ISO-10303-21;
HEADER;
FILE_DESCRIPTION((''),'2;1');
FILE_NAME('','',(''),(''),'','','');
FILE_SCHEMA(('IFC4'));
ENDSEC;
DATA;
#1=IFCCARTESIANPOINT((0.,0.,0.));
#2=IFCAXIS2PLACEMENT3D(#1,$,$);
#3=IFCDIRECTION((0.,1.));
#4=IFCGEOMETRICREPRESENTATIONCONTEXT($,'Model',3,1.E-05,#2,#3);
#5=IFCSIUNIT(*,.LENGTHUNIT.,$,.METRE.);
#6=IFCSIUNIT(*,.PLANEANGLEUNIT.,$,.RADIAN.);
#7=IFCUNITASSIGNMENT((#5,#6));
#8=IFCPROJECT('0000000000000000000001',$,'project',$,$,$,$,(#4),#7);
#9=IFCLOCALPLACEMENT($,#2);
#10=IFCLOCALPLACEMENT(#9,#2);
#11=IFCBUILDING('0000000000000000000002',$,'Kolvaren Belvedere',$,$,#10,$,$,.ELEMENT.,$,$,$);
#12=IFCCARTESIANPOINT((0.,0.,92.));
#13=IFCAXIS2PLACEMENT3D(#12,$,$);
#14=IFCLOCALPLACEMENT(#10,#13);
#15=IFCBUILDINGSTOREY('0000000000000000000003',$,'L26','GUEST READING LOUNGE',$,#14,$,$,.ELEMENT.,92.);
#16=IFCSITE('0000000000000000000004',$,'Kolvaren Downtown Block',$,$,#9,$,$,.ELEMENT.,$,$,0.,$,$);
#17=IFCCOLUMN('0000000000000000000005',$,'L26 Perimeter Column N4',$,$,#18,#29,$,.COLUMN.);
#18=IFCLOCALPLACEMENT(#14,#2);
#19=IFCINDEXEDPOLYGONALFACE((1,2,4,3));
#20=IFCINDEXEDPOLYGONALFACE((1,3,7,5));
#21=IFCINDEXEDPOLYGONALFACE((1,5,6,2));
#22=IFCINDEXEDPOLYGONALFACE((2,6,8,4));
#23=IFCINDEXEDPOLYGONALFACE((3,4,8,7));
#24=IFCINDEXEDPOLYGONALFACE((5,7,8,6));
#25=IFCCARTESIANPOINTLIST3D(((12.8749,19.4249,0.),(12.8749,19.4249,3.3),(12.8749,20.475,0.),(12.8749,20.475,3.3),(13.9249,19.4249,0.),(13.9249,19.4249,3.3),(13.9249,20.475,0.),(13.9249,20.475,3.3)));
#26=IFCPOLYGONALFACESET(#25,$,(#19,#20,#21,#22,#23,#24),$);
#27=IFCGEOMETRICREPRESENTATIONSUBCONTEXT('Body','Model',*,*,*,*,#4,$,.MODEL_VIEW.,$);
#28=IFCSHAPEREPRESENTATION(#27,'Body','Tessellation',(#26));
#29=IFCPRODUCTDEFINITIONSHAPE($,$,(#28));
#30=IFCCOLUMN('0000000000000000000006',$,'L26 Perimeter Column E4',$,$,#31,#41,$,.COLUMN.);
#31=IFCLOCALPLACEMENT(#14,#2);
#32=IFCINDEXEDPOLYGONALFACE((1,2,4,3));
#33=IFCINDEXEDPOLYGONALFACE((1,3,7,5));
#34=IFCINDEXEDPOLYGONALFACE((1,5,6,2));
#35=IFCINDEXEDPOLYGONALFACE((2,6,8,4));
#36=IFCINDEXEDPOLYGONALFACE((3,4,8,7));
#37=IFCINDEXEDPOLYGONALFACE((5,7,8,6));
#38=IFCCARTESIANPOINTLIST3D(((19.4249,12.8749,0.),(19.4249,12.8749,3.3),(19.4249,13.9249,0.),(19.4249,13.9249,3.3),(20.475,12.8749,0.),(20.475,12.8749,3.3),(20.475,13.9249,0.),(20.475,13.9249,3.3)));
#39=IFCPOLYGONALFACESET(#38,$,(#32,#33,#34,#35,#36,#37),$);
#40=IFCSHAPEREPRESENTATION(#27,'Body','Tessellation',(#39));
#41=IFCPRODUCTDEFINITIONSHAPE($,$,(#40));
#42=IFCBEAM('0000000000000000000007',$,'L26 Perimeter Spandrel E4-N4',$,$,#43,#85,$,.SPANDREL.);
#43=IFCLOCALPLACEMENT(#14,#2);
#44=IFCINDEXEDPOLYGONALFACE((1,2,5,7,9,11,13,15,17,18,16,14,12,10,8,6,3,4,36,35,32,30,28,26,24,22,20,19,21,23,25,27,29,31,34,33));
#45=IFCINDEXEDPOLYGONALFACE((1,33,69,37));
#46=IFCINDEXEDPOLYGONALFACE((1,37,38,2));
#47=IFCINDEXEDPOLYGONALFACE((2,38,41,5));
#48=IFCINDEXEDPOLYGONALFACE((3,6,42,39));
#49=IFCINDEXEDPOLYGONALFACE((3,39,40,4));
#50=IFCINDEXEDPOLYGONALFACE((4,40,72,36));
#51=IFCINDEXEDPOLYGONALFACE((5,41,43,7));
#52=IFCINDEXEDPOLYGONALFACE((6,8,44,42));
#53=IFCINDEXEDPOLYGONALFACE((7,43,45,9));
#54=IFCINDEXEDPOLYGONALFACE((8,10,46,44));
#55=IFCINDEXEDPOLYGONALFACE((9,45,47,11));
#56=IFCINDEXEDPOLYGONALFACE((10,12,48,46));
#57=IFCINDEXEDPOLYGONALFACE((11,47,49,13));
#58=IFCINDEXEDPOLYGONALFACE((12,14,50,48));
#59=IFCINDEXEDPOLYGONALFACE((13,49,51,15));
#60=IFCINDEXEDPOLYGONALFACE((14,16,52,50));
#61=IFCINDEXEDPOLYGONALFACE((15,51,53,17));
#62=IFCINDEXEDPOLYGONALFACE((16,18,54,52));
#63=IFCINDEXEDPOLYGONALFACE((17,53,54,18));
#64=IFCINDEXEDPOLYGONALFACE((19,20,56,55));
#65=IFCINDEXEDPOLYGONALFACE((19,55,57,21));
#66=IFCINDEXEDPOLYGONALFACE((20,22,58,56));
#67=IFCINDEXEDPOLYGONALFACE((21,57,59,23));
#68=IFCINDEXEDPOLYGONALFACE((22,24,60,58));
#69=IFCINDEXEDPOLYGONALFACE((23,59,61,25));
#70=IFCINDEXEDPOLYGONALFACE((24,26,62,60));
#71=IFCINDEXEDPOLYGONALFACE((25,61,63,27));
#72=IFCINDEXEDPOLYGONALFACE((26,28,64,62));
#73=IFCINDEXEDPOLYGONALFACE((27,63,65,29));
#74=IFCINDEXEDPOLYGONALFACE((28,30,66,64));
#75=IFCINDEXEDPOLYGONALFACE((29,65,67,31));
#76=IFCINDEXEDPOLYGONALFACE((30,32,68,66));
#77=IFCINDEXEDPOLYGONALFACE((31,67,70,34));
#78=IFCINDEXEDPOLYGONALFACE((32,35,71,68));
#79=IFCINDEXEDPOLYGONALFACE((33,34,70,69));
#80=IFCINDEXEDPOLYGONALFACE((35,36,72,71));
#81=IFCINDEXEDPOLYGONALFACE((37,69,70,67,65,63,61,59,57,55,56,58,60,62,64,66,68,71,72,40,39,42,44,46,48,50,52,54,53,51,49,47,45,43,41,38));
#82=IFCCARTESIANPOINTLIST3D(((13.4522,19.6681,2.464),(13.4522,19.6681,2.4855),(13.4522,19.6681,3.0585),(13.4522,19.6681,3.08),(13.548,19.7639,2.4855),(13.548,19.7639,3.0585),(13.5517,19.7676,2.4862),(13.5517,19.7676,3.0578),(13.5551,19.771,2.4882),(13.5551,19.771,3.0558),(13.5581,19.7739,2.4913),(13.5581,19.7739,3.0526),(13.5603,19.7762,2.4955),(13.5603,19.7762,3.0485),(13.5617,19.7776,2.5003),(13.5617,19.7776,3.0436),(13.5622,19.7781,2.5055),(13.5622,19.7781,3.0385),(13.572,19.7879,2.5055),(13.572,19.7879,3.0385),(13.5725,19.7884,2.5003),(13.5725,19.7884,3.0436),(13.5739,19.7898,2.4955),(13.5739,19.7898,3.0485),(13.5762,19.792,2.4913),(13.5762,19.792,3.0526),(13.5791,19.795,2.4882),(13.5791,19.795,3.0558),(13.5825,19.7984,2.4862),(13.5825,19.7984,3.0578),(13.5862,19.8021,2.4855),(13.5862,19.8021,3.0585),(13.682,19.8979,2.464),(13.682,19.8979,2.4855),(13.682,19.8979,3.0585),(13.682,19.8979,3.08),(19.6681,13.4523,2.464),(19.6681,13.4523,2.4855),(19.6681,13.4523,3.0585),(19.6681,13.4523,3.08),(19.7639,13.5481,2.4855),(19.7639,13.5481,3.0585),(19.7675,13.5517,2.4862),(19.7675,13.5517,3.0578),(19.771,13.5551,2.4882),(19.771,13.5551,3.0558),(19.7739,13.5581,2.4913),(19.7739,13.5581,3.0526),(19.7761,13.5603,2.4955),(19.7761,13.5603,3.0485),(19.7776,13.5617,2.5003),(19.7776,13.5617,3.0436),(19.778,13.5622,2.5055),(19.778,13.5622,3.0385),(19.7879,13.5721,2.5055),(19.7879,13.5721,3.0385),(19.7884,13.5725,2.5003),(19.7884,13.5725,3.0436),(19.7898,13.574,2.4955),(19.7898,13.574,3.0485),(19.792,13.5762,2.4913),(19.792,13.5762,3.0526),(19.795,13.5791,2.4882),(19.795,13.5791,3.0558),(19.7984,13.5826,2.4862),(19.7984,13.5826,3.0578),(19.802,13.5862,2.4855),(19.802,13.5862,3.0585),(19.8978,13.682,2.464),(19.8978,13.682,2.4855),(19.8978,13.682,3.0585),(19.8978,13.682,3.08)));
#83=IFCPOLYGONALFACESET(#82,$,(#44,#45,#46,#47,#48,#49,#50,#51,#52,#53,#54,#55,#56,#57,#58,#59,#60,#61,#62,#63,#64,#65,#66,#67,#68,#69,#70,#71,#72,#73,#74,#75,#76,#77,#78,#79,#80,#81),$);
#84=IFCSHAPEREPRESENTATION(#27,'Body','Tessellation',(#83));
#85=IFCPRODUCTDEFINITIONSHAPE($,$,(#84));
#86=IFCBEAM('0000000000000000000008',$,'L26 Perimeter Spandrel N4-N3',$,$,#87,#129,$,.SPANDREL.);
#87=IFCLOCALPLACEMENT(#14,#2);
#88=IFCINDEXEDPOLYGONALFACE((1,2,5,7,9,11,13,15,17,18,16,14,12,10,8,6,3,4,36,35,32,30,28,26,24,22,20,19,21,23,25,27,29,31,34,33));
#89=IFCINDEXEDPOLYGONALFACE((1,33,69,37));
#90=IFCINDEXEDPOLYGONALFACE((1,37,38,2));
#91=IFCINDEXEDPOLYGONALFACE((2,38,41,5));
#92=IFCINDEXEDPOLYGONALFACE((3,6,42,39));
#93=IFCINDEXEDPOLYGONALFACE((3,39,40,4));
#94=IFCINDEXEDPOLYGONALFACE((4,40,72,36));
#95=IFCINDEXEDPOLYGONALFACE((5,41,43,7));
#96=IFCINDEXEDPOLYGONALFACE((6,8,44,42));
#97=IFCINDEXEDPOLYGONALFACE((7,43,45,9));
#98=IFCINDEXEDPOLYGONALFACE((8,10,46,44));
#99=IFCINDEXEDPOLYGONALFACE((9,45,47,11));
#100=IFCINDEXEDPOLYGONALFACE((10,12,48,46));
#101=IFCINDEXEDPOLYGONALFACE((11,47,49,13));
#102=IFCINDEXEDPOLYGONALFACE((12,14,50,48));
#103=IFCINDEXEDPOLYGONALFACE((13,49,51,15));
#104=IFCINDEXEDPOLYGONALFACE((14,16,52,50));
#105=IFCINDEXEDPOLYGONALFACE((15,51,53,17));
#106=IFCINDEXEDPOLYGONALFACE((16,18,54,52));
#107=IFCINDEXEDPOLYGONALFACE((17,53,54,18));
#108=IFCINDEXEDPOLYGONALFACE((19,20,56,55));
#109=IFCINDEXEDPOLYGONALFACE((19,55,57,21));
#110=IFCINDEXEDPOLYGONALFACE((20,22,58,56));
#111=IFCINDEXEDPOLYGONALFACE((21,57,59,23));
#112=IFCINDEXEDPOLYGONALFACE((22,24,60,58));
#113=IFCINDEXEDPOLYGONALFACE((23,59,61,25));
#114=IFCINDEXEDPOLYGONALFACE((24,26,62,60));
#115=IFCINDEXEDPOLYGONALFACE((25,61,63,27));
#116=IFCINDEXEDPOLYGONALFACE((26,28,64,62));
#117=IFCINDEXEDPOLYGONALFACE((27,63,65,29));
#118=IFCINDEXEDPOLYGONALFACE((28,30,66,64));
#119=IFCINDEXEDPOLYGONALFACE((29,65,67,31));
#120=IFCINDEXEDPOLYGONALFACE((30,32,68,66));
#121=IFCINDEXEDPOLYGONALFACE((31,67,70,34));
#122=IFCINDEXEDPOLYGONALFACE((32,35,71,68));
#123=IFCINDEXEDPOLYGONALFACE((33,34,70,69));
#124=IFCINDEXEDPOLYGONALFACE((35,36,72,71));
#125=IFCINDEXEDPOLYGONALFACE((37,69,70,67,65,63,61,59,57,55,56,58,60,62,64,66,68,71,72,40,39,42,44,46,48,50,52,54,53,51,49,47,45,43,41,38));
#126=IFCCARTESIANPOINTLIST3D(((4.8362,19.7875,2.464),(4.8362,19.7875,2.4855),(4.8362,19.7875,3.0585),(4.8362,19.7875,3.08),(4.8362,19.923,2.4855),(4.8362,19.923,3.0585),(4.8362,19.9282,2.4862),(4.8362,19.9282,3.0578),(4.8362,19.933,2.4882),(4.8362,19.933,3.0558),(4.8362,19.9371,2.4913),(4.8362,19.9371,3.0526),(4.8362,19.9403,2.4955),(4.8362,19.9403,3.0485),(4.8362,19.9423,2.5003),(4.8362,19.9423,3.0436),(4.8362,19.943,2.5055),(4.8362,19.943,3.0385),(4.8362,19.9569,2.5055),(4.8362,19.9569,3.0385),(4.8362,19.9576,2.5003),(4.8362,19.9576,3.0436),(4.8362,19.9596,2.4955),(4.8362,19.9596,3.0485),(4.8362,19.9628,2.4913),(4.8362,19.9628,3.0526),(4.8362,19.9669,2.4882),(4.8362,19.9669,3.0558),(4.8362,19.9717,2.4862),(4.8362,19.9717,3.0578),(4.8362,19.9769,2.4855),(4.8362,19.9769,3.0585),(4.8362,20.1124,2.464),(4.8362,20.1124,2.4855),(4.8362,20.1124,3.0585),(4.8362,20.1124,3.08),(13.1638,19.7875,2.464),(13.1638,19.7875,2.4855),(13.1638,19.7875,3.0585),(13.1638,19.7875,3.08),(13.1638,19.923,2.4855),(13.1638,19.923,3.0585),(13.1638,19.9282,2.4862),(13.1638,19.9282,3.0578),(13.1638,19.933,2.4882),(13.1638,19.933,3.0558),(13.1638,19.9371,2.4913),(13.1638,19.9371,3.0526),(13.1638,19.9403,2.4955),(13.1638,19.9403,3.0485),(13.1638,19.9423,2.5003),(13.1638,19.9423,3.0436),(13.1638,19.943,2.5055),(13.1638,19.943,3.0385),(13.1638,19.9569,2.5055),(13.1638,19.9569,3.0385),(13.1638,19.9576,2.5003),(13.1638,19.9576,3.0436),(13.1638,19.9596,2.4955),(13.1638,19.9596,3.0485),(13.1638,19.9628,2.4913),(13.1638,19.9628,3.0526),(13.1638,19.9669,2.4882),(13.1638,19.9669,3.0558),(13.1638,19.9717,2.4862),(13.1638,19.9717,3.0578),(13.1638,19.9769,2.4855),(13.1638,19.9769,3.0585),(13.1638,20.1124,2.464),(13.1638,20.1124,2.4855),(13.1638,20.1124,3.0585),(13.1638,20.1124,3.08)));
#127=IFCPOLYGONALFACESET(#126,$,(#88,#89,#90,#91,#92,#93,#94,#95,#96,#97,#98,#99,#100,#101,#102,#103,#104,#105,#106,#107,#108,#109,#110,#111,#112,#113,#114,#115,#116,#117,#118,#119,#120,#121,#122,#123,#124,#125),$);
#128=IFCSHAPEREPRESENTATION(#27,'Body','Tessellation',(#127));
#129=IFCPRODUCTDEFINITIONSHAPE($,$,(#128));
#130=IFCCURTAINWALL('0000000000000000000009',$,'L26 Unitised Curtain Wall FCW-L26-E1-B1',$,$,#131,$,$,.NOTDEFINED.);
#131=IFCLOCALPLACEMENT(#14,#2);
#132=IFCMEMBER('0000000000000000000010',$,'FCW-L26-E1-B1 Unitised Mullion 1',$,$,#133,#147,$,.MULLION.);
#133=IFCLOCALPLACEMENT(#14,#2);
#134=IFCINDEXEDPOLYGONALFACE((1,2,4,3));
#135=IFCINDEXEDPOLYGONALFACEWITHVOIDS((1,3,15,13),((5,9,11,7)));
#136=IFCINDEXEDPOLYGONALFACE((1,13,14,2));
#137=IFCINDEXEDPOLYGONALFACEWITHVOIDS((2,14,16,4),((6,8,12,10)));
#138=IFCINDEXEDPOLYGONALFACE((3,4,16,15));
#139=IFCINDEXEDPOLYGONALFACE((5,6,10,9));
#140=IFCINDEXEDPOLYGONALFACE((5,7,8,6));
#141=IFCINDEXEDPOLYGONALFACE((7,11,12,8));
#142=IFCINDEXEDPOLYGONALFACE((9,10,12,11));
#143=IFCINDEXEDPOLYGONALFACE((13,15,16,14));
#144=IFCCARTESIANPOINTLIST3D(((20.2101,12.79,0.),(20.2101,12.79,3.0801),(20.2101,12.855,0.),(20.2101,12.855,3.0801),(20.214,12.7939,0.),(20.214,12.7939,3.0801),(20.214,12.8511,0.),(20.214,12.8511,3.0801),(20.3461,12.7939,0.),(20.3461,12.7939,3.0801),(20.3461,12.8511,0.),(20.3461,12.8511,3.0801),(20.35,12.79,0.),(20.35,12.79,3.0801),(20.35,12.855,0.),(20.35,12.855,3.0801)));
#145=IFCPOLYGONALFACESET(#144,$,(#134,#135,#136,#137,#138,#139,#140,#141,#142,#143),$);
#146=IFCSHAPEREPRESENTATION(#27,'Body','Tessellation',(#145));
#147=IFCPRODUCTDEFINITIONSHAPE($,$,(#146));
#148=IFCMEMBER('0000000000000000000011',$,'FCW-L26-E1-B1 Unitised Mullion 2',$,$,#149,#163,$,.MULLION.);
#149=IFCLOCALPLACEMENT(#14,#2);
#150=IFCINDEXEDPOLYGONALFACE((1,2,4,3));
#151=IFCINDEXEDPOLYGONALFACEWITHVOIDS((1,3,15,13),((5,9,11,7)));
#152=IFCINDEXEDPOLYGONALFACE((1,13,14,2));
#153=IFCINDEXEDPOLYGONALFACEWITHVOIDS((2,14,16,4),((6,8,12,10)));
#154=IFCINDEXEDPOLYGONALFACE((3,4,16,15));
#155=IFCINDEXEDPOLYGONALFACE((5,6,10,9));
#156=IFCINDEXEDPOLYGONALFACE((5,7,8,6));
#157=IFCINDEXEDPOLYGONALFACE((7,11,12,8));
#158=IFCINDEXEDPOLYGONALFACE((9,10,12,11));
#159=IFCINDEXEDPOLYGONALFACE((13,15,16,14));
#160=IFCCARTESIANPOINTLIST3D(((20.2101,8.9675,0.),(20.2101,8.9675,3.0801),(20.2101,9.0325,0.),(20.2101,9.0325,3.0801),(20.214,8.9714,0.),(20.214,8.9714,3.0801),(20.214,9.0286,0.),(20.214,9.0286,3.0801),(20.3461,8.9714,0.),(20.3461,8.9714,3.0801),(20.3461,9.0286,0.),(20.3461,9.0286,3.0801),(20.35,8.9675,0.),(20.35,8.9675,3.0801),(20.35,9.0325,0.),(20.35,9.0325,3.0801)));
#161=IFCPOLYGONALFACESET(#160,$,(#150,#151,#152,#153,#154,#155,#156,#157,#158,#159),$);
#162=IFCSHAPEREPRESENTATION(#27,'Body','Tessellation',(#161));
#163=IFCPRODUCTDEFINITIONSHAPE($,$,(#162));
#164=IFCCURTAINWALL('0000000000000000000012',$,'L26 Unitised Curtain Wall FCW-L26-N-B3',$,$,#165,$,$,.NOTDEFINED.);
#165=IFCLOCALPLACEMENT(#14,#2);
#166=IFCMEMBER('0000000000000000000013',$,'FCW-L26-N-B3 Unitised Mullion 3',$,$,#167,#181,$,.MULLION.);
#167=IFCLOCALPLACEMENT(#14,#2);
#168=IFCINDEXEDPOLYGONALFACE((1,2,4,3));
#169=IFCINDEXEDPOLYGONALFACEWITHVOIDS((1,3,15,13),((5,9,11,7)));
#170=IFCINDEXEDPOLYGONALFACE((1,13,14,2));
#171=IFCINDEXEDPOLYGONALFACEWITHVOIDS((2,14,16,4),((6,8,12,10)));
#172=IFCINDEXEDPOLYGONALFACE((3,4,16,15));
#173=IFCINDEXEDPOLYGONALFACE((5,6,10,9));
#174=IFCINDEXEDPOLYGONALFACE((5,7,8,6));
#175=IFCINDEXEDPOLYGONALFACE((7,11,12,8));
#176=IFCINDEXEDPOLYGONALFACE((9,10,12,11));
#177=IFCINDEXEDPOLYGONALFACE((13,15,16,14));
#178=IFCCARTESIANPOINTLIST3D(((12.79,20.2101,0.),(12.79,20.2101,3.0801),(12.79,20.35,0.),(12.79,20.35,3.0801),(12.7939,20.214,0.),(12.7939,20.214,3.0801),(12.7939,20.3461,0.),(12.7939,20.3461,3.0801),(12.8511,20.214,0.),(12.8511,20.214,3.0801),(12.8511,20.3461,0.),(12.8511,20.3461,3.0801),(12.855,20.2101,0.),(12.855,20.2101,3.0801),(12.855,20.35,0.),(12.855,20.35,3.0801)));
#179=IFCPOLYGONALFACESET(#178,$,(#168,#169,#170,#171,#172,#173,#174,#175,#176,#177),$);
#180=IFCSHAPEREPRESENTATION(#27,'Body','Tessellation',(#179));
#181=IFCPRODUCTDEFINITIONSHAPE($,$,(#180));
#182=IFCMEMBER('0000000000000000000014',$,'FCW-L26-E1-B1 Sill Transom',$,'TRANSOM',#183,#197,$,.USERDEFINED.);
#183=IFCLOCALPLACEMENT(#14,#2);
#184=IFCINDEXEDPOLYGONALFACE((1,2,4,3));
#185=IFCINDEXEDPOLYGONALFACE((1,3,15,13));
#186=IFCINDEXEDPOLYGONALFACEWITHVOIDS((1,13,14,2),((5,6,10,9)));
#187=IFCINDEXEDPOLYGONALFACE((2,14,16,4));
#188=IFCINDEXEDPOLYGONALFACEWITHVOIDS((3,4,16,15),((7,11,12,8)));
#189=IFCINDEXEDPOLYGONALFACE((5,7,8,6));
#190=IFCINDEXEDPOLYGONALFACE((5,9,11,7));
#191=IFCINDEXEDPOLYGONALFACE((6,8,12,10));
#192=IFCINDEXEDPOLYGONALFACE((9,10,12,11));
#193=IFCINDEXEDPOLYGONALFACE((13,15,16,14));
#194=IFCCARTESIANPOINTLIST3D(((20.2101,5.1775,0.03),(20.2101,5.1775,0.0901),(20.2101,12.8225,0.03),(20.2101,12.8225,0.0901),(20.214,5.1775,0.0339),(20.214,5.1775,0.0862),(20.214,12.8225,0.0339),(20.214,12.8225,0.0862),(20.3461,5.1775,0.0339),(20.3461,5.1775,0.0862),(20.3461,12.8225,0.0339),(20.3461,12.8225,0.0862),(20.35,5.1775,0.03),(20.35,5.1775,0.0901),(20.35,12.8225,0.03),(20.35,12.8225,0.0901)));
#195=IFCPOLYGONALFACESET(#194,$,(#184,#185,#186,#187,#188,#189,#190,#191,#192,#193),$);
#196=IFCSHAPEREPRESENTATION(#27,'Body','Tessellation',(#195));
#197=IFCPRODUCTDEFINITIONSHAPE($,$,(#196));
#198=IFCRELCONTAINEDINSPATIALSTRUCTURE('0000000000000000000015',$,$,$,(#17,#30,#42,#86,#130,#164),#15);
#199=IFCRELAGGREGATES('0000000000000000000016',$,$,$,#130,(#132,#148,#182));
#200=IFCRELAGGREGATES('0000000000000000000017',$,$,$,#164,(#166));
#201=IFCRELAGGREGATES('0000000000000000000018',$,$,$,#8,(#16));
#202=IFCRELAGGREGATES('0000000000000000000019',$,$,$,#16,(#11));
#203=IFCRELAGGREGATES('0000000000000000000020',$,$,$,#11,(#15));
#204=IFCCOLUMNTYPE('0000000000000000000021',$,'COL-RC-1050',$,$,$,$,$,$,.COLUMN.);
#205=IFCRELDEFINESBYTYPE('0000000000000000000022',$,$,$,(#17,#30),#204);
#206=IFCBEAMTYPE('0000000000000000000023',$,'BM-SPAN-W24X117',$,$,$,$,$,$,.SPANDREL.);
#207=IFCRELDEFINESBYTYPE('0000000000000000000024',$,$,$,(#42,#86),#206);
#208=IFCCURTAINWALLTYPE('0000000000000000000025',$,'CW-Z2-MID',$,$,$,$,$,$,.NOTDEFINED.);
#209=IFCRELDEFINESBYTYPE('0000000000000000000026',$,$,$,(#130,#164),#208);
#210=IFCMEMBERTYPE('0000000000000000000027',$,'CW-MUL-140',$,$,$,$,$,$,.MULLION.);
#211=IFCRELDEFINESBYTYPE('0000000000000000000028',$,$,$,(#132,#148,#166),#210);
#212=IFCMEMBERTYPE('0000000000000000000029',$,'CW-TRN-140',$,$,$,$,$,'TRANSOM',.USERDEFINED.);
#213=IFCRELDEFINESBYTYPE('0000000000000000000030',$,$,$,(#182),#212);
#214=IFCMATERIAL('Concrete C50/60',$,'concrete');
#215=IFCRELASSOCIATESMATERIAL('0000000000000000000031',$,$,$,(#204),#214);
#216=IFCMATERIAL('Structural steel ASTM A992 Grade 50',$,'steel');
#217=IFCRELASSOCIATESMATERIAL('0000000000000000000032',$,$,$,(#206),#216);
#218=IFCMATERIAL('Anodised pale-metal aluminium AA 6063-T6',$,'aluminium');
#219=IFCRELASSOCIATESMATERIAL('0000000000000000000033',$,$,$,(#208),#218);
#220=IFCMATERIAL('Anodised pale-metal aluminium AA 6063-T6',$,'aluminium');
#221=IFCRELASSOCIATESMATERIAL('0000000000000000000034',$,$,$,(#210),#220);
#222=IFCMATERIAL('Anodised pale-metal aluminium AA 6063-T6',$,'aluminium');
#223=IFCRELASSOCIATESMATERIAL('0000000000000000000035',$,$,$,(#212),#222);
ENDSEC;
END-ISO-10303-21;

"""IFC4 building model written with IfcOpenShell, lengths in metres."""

from ifc_helpers import new_model, si_unit, direction, frame, origin, origin_2d, place, context, subcontext, project, spatial, rectangle, hollow_rectangle, i_section, extrude, material, material_profile, profile_set, type_object, element, aggregate, save


model = new_model("IFC4")

# Units and contexts
model_context = context("Model", 3, precision=1e-05, world=origin(), true_north=direction((0.0, 1.0)))
body_context = subcontext(model_context, "Body", "Model", "MODEL_VIEW")
ifc_project = project(units=[si_unit("LENGTHUNIT", "METRE"), si_unit("PLANEANGLEUNIT", "RADIAN")], contexts=[model_context])

# Site, building, storey
site_placement = place(None, origin())
site = spatial("IfcSite", under=ifc_project, at=site_placement, Name="Kolvaren Downtown Block", CompositionType="ELEMENT", RefElevation=0.0)
building_placement = place(site_placement, origin())
building = spatial("IfcBuilding", under=site, at=building_placement, Name="Kolvaren Belvedere", CompositionType="ELEMENT")
storey_placement = place(building_placement, frame((0.0, 0.0, 92.0)))
storey = spatial("IfcBuildingStorey", under=building, at=storey_placement, Name="L26", Description="GUEST READING LOUNGE", CompositionType="ELEMENT", Elevation=92.0)

# Columns
ifc_material_1 = material(Name="Concrete C50/60", Category="concrete")
ifc_material_profile_1 = material_profile(ifc_material_1, rectangle(XDim=1.05, YDim=1.05, at=origin_2d()), Name="RC 1050X1050")
ifc_profile_set_1 = profile_set([ifc_material_profile_1], Name="Concrete C50/60")
column_type = type_object("IfcColumnType", Name="COL-RC-1050", PredefinedType="COLUMN", material=ifc_profile_set_1)
for number, where, z_axis, x_axis, name in (
    (1, (13.3999, 19.95, 0.0), (0.0, 0.0, 1.0), (1.0, 0.0, 0.0), "L26 Perimeter Column N4"),
    (2, (19.95, 13.3999, 0.0), (0.0, 0.0, 1.0), (1.0, 0.0, 0.0), "L26 Perimeter Column E4"),
):
    element("IfcColumn", number, at=place(storey_placement, frame(where, z_axis=z_axis, x_axis=x_axis)), inside=storey, type_object=column_type, Name=name, PredefinedType="COLUMN", context=body_context, shape_type="SweptSolid", body=[
        extrude(rectangle(XDim=1.05, YDim=1.05, at=origin_2d()), origin(), (0.0, 0.0, 1.0), 3.3),
    ])

# Beams
ifc_material_2 = material(Name="Structural steel ASTM A992 Grade 50", Category="steel")
ifc_material_profile_2 = material_profile(ifc_material_2, i_section(OverallWidth=0.325, OverallDepth=0.616, WebThickness=0.0139, FlangeThickness=0.0215, FilletRadius=0.02, at=origin_2d()), Name="W24X117")
ifc_profile_set_2 = profile_set([ifc_material_profile_2], Name="Structural steel ASTM A992 Grade 50")
beam_type = type_object("IfcBeamType", Name="BM-SPAN-W24X117", PredefinedType="SPANDREL", material=ifc_profile_set_2)
beam_1_placement = place(storey_placement, frame((19.783, 13.5671, 2.772), z_axis=(-0.707107, 0.707107, 0.0), x_axis=(-0.707107, -0.707107, 0.0)))
element("IfcBeam", 3, at=beam_1_placement, inside=storey, type_object=beam_type, Name="L26 Perimeter Spandrel E4-N4", PredefinedType="SPANDREL", context=body_context, shape_type="SweptSolid", body=[
    extrude(i_section(OverallWidth=0.325, OverallDepth=0.616, WebThickness=0.0139, FlangeThickness=0.0215, FilletRadius=0.02, at=origin_2d()), origin(), (0.0, 0.0, 1.0), 8.7905),
])
beam_2_placement = place(storey_placement, frame((13.1638, 19.95, 2.772), z_axis=(-1.0, 0.0, 0.0), x_axis=(0.0, -1.0, 0.0)))
element("IfcBeam", 4, at=beam_2_placement, inside=storey, type_object=beam_type, Name="L26 Perimeter Spandrel N4-N3", PredefinedType="SPANDREL", context=body_context, shape_type="SweptSolid", body=[
    extrude(i_section(OverallWidth=0.325, OverallDepth=0.616, WebThickness=0.0139, FlangeThickness=0.0215, FilletRadius=0.02, at=origin_2d()), origin(), (0.0, 0.0, 1.0), 8.3276),
])

# Curtain wall, members
ifc_material_3 = material(Name="Anodised pale-metal aluminium AA 6063-T6", Category="aluminium")
curtain_wall_type = type_object("IfcCurtainWallType", Name="CW-Z2-MID", PredefinedType="NOTDEFINED", material=ifc_material_3)
curtain_wall_1_placement = place(storey_placement, origin())
curtain_wall_1 = element("IfcCurtainWall", 5, at=curtain_wall_1_placement, inside=storey, type_object=curtain_wall_type, Name="L26 Unitised Curtain Wall FCW-L26-E1-B1", PredefinedType="NOTDEFINED")
ifc_material_4 = material(Name="Anodised pale-metal aluminium AA 6063-T6", Category="aluminium")
ifc_material_profile_3 = material_profile(ifc_material_4, hollow_rectangle(XDim=0.0649, YDim=0.1399, WallThickness=0.0039, at=origin_2d()), Name="ALU-MUL-140X65")
ifc_profile_set_3 = profile_set([ifc_material_profile_3], Name="Anodised pale-metal aluminium AA 6063-T6")
member_type_1 = type_object("IfcMemberType", Name="CW-MUL-140", PredefinedType="MULLION", material=ifc_profile_set_3)
member_1_placement = place(storey_placement, frame((20.28, 12.8225, 0.0), z_axis=(0.0, 0.0, 1.0), x_axis=(0.0, 1.0, 0.0)))
member_1 = element("IfcMember", 6, at=member_1_placement, type_object=member_type_1, Name="FCW-L26-E1-B1 Unitised Mullion 1", PredefinedType="MULLION", context=body_context, shape_type="SweptSolid", body=[
    extrude(hollow_rectangle(XDim=0.0649, YDim=0.1399, WallThickness=0.0039, at=origin_2d()), origin(), (0.0, 0.0, 1.0), 3.0801),
])
member_2_placement = place(storey_placement, frame((20.28, 9.0, 0.0), z_axis=(0.0, 0.0, 1.0), x_axis=(0.0, 1.0, 0.0)))
member_2 = element("IfcMember", 7, at=member_2_placement, type_object=member_type_1, Name="FCW-L26-E1-B1 Unitised Mullion 2", PredefinedType="MULLION", context=body_context, shape_type="SweptSolid", body=[
    extrude(hollow_rectangle(XDim=0.0649, YDim=0.1399, WallThickness=0.0039, at=origin_2d()), origin(), (0.0, 0.0, 1.0), 3.0801),
])

# Curtain wall, member
curtain_wall_2_placement = place(storey_placement, origin())
curtain_wall_2 = element("IfcCurtainWall", 8, at=curtain_wall_2_placement, inside=storey, type_object=curtain_wall_type, Name="L26 Unitised Curtain Wall FCW-L26-N-B3", PredefinedType="NOTDEFINED")
member_3_placement = place(storey_placement, frame((12.8225, 20.28, 0.0), z_axis=(0.0, 0.0, 1.0), x_axis=(1.0, 0.0, 0.0)))
member_3 = element("IfcMember", 9, at=member_3_placement, type_object=member_type_1, Name="FCW-L26-N-B3 Unitised Mullion 3", PredefinedType="MULLION", context=body_context, shape_type="SweptSolid", body=[
    extrude(hollow_rectangle(XDim=0.0649, YDim=0.1399, WallThickness=0.0039, at=origin_2d()), origin(), (0.0, 0.0, 1.0), 3.0801),
])

# Member
ifc_material_5 = material(Name="Anodised pale-metal aluminium AA 6063-T6", Category="aluminium")
ifc_material_profile_4 = material_profile(ifc_material_5, hollow_rectangle(XDim=0.0601, YDim=0.1399, WallThickness=0.0039, at=origin_2d()), Name="ALU-TRN-140X60")
ifc_profile_set_4 = profile_set([ifc_material_profile_4], Name="Anodised pale-metal aluminium AA 6063-T6")
member_type_2 = type_object("IfcMemberType", Name="CW-TRN-140", ElementType="TRANSOM", PredefinedType="USERDEFINED", material=ifc_profile_set_4)
member_4_placement = place(storey_placement, frame((20.28, 12.8225, 0.0601), z_axis=(0.0, -1.0, 0.0), x_axis=(0.0, 0.0, 1.0)))
member_4 = element("IfcMember", 10, at=member_4_placement, type_object=member_type_2, Name="FCW-L26-E1-B1 Sill Transom", ObjectType="TRANSOM", PredefinedType="USERDEFINED", context=body_context, shape_type="SweptSolid", body=[
    extrude(hollow_rectangle(XDim=0.0601, YDim=0.1399, WallThickness=0.0039, at=origin_2d()), origin(), (0.0, 0.0, 1.0), 7.645),
])

aggregate(curtain_wall_1, [member_1, member_2, member_4])
aggregate(curtain_wall_2, [member_3])

save(model, "model.ifc")
